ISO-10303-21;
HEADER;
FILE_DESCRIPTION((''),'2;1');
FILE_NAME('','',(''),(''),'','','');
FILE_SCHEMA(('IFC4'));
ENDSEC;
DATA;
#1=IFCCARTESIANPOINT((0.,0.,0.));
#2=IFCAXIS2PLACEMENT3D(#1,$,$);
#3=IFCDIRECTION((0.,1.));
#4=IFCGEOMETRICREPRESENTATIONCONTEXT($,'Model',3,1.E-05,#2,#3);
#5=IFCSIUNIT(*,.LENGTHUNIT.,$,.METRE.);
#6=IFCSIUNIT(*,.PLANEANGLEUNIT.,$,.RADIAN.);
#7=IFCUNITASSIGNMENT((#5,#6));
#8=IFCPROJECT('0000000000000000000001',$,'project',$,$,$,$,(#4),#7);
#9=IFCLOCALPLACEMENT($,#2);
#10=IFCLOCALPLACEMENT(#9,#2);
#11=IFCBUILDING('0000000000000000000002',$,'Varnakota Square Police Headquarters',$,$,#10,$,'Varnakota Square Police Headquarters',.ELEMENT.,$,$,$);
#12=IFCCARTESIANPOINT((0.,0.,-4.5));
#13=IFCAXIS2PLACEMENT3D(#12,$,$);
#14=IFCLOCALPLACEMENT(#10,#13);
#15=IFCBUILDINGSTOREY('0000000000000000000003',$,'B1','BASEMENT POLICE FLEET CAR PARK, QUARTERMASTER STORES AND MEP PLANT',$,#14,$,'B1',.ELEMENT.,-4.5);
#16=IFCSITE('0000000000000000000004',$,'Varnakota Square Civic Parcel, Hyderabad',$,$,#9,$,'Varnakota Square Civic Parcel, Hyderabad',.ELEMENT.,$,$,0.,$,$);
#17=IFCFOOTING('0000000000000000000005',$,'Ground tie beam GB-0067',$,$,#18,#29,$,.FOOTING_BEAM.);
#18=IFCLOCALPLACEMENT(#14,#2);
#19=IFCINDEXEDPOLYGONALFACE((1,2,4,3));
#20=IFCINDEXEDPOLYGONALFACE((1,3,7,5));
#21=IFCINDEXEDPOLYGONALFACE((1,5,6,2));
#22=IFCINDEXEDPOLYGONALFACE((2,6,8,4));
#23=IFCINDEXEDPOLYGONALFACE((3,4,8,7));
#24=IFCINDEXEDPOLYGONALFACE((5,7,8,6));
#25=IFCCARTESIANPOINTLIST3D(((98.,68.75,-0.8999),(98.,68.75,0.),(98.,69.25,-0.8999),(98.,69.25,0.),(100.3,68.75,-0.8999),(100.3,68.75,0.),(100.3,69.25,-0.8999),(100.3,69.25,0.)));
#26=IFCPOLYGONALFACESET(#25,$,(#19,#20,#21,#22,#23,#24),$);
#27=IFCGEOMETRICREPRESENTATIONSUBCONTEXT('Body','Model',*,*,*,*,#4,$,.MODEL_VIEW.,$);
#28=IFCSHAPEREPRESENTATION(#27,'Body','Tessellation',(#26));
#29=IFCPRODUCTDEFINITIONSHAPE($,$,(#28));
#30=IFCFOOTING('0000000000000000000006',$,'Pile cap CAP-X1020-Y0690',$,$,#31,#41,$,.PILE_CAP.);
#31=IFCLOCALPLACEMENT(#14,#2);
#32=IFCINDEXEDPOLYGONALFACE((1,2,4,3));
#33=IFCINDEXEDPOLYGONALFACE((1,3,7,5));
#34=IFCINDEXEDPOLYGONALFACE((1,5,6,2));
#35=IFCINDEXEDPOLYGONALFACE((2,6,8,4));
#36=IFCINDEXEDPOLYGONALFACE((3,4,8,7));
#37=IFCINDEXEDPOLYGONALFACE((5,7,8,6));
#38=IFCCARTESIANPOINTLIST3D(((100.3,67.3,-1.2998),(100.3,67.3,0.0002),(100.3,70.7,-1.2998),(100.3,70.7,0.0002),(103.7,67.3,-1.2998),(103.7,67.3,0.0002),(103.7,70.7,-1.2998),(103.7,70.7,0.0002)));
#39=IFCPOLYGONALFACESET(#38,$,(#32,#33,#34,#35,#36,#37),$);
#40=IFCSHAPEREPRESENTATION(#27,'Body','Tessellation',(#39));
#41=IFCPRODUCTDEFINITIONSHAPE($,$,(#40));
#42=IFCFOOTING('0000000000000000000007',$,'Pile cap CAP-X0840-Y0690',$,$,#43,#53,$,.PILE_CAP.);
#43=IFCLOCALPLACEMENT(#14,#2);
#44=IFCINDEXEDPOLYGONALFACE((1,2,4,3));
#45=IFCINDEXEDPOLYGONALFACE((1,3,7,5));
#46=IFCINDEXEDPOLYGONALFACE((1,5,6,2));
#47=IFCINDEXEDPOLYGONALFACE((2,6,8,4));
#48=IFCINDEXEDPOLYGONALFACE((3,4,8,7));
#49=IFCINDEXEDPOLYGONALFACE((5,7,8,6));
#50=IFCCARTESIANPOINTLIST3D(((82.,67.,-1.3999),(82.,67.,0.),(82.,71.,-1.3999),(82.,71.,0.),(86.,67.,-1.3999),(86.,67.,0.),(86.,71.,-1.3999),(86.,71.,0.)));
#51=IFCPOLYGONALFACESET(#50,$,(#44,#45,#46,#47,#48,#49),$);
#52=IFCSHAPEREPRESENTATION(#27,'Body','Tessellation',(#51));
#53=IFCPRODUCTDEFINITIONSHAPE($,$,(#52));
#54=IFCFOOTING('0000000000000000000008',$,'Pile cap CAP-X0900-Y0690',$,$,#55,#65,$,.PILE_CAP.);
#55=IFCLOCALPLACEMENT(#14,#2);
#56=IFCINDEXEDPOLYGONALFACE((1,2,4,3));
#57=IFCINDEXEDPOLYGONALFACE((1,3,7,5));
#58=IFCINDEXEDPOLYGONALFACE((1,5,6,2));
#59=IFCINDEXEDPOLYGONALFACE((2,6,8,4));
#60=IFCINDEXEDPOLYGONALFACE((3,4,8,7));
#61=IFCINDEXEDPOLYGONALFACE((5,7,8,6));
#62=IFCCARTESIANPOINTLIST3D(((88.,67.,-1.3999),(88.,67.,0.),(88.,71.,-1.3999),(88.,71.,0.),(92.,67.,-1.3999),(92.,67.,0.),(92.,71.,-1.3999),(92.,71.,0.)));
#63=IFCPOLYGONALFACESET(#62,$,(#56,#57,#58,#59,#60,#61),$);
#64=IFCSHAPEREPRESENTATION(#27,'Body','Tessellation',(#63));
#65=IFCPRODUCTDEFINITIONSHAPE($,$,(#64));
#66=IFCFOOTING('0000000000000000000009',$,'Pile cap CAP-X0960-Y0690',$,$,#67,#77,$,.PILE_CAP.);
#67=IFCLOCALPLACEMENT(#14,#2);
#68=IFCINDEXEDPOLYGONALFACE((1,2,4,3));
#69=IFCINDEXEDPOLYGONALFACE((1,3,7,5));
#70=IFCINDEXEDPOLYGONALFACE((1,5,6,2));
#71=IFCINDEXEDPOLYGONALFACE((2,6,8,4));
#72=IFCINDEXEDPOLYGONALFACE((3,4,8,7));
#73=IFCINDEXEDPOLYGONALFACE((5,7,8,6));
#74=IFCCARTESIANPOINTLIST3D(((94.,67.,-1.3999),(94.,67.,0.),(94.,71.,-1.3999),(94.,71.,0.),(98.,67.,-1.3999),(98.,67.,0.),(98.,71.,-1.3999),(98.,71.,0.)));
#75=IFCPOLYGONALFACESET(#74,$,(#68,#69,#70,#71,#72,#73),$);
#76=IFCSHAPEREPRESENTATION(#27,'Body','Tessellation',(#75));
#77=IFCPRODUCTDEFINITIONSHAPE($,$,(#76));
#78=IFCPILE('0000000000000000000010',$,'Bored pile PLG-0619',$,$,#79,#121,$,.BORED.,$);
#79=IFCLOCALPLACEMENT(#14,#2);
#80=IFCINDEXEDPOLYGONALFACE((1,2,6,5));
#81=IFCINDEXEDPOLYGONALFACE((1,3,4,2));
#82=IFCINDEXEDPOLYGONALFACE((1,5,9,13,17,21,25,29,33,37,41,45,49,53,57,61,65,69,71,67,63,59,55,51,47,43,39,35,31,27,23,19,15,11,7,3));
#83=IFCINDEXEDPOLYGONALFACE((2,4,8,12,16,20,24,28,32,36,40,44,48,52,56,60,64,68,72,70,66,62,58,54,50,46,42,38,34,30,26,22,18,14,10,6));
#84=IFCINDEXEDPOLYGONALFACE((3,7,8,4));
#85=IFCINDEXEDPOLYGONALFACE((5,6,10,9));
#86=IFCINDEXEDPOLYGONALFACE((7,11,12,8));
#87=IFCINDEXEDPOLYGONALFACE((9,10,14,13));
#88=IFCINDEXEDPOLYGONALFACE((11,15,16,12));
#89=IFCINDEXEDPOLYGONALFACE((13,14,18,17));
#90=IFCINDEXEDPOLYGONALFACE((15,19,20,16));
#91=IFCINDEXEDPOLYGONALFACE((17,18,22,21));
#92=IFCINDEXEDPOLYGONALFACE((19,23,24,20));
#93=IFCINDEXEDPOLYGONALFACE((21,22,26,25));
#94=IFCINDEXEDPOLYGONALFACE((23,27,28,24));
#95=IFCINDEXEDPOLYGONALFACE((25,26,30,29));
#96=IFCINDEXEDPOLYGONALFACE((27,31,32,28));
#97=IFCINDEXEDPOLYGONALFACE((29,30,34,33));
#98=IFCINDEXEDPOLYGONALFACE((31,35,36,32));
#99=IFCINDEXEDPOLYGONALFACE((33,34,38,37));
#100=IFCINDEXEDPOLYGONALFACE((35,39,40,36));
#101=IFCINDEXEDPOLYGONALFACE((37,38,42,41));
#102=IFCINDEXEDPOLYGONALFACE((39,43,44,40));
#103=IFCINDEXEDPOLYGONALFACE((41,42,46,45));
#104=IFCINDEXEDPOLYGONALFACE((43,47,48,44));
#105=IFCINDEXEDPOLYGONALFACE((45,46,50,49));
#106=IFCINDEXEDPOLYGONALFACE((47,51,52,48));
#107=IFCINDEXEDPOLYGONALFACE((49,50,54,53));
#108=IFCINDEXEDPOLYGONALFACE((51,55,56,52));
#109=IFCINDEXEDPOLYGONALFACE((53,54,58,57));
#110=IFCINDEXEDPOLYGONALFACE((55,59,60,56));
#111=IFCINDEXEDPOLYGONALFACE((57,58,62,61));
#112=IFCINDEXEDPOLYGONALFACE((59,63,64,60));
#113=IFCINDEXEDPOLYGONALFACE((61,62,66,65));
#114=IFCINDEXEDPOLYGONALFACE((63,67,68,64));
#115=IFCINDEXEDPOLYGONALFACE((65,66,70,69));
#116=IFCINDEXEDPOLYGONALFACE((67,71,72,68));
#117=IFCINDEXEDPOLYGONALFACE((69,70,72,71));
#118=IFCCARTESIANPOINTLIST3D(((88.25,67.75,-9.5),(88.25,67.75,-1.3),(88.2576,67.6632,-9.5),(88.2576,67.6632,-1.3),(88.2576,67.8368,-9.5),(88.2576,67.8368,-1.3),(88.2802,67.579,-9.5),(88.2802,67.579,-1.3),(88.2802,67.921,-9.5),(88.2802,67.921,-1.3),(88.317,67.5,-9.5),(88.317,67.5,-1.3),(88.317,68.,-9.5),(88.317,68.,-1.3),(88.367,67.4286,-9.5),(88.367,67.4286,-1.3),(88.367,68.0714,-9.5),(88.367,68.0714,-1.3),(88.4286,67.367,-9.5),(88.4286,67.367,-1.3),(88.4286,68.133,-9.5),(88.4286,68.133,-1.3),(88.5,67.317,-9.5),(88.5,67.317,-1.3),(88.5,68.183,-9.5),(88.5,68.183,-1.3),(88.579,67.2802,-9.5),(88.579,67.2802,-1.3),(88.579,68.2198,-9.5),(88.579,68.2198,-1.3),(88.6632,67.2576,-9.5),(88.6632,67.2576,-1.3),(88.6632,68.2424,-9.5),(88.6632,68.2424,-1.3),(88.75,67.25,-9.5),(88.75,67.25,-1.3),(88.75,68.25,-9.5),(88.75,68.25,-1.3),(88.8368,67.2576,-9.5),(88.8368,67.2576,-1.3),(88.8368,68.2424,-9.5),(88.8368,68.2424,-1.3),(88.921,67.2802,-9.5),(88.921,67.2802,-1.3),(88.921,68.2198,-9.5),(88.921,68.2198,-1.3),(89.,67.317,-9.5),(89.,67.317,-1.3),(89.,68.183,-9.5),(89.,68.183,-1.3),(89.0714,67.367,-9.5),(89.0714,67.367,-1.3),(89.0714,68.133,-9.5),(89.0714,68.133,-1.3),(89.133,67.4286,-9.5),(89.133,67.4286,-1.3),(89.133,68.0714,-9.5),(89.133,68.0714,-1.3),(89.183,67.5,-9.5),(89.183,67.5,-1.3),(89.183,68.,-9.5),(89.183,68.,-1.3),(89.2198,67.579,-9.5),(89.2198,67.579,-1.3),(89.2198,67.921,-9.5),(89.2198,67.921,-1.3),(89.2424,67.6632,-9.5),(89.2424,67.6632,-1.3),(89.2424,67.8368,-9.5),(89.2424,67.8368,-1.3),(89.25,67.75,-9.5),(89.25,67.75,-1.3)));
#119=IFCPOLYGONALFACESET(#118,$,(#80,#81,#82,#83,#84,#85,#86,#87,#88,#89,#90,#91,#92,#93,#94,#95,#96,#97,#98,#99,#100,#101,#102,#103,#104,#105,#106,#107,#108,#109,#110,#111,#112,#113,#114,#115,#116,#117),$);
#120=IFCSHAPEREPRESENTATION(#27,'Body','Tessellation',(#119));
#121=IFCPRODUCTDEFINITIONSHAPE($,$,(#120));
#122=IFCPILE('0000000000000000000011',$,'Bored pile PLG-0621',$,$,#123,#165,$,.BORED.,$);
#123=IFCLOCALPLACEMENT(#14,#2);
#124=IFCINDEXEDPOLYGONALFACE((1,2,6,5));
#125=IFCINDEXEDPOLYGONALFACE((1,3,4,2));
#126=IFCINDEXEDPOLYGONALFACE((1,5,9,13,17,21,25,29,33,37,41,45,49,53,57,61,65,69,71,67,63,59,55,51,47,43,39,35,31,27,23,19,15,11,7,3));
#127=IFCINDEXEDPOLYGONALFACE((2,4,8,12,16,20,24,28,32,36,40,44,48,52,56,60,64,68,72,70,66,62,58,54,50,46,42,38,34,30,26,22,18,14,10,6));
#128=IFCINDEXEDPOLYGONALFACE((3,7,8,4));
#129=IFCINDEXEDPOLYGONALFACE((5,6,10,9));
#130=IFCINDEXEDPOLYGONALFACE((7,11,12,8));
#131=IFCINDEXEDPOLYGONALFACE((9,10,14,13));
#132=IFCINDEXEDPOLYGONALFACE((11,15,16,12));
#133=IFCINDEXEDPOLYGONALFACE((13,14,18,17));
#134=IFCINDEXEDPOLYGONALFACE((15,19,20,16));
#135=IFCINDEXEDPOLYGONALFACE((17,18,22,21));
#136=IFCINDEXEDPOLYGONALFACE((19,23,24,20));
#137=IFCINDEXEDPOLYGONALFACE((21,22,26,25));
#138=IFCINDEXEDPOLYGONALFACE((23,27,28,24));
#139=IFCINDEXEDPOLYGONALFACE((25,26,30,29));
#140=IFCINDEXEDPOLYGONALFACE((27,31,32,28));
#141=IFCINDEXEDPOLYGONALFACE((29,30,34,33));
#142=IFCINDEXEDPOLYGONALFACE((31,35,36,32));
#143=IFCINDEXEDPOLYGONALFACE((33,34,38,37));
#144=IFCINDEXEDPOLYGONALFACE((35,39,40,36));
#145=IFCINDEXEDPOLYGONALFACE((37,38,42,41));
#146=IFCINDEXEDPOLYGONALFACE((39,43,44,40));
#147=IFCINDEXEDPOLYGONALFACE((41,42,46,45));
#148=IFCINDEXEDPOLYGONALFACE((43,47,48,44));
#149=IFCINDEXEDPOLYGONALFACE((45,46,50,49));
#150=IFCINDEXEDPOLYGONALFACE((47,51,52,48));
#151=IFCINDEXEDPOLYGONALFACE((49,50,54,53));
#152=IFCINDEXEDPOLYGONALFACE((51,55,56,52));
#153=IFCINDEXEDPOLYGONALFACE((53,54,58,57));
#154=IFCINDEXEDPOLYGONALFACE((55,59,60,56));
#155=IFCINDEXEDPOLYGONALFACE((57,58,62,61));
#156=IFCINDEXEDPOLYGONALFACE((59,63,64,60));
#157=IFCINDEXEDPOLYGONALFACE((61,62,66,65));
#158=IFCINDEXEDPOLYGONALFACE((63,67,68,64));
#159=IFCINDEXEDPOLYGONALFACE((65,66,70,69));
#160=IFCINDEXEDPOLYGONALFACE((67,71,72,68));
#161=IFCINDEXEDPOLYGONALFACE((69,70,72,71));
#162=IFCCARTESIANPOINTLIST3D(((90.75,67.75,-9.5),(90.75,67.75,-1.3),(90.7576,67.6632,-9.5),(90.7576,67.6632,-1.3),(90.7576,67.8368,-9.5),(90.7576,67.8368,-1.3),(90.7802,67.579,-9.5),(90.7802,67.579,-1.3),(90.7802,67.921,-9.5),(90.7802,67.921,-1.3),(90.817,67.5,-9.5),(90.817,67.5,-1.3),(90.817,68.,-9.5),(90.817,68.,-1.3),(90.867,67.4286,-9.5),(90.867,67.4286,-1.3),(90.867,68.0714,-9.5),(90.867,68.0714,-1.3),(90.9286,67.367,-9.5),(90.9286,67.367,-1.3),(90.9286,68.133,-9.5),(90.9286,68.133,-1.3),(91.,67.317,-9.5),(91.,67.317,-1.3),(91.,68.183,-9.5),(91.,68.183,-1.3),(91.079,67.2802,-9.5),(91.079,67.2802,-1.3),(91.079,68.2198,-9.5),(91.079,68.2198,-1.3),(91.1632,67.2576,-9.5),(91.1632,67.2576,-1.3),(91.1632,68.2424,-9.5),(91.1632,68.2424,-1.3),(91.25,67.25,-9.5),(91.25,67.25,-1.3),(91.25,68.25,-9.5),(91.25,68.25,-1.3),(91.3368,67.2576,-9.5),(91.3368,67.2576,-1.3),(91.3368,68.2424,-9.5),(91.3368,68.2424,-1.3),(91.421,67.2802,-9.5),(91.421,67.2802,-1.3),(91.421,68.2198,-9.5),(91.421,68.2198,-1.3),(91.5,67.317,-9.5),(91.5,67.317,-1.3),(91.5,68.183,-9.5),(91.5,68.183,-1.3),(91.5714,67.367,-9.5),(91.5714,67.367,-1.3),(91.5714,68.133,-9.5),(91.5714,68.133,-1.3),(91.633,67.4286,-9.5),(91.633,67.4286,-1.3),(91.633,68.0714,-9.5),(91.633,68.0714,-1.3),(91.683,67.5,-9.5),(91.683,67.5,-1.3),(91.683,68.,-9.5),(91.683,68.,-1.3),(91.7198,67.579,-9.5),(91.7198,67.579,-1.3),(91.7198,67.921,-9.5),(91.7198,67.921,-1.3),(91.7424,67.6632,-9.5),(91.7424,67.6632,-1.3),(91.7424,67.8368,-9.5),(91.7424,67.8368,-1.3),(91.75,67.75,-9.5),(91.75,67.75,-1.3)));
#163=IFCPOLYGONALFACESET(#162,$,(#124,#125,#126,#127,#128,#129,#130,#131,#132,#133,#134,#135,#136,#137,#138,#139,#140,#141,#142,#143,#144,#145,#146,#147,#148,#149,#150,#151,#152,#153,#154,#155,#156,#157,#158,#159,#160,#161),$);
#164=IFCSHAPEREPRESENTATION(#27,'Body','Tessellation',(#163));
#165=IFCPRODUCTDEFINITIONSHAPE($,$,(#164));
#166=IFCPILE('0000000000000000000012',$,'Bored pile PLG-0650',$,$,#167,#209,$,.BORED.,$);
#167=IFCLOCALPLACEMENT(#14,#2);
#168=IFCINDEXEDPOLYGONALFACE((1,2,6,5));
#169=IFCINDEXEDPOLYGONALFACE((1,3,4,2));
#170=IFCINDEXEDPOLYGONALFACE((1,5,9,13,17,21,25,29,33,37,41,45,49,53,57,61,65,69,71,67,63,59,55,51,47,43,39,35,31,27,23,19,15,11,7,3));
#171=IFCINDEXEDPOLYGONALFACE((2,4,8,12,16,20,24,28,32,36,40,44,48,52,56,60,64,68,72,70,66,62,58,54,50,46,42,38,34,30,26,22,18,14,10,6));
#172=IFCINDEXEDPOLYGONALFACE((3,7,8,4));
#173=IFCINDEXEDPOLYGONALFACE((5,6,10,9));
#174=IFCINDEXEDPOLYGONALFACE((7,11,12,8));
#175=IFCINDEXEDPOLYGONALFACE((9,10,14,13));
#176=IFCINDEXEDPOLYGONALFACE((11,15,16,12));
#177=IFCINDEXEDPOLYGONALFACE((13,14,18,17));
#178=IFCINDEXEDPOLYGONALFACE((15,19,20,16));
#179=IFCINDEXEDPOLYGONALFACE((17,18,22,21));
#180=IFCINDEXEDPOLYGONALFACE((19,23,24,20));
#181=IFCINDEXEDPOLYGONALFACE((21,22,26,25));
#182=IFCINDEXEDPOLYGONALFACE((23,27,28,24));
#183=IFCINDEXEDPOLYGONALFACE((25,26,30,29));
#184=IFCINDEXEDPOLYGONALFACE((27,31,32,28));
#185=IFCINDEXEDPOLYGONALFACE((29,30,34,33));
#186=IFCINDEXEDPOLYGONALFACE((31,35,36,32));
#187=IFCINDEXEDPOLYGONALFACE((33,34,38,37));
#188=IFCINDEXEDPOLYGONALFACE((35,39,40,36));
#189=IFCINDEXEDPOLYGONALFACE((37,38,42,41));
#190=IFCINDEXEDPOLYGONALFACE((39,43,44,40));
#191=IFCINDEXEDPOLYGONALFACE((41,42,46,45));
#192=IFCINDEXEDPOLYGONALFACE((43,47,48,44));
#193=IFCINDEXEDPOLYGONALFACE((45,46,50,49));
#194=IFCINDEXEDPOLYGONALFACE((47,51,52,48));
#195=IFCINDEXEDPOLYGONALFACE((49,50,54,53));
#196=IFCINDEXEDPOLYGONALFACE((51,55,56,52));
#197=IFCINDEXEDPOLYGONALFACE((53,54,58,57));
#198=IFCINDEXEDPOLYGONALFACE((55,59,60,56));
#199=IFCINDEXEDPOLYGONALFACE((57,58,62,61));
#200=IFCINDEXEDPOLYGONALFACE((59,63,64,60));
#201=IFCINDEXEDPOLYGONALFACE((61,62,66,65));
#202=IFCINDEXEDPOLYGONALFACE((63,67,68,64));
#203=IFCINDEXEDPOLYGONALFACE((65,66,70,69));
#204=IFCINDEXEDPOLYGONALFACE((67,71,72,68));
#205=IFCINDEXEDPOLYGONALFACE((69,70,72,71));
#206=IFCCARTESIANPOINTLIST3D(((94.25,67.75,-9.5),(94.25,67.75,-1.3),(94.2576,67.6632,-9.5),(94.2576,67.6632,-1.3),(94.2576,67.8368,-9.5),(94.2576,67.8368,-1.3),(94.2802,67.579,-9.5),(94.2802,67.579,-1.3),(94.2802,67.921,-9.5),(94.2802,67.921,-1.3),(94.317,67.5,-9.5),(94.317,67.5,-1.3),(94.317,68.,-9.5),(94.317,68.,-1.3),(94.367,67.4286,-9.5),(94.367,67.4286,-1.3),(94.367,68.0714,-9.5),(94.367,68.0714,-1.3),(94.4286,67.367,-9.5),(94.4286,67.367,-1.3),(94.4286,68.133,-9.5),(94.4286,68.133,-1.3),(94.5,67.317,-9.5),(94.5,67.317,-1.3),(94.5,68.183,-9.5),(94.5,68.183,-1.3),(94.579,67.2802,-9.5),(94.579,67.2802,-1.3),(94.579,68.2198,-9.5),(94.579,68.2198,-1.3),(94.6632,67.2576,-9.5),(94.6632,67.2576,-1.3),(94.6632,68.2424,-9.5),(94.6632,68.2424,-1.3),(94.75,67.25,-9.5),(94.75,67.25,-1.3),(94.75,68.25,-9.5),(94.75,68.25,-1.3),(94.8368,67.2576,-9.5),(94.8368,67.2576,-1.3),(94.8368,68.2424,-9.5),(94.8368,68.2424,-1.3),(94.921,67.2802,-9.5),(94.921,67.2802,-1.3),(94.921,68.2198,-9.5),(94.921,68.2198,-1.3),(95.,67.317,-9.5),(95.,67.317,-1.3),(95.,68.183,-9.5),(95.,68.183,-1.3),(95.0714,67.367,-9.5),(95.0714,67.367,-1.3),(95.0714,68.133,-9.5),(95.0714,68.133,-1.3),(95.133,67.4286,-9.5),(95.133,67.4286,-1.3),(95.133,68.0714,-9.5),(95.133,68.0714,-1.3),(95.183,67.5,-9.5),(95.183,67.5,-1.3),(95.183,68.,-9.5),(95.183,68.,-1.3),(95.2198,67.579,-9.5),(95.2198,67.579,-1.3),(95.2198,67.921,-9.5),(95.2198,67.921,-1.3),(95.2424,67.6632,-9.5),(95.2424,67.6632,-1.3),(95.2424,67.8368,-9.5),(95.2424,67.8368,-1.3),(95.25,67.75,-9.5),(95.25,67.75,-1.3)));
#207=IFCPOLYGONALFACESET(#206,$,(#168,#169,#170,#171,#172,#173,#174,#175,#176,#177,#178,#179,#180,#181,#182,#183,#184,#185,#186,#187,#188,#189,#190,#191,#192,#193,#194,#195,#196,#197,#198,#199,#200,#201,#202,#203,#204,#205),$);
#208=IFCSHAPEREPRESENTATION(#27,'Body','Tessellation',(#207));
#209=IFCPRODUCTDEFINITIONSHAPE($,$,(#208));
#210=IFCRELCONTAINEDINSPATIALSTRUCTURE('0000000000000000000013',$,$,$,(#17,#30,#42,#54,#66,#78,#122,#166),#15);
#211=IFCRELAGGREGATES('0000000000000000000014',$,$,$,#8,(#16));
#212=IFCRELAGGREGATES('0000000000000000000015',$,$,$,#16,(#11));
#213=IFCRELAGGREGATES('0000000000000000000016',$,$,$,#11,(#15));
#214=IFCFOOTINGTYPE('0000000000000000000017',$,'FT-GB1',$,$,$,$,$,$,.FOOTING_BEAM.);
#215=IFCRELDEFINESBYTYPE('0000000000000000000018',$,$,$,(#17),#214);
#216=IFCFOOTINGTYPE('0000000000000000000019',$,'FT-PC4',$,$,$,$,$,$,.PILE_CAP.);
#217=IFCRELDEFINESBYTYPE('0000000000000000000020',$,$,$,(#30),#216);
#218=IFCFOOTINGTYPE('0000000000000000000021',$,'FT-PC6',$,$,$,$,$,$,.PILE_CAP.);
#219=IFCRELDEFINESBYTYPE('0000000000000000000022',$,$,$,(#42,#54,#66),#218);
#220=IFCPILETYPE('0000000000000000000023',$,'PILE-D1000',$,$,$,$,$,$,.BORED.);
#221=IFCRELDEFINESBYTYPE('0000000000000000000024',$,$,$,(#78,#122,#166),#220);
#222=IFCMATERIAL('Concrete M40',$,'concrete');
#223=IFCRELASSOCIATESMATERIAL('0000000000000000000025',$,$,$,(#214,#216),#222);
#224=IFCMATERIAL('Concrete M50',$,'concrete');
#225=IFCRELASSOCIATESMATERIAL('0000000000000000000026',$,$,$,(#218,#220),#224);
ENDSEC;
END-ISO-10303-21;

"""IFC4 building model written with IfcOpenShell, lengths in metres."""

from ifc_helpers import new_model, si_unit, direction, frame, origin, origin_2d, place, context, subcontext, project, spatial, rectangle, circle, extrude, material, material_profile, profile_set, type_object, element, save


model = new_model("IFC4")

# Units and contexts
model_context = context("Model", 3, precision=1e-05, world=origin(), true_north=direction((0.0, 1.0)))
body_context = subcontext(model_context, "Body", "Model", "MODEL_VIEW")
ifc_project = project(units=[si_unit("LENGTHUNIT", "METRE"), si_unit("PLANEANGLEUNIT", "RADIAN")], contexts=[model_context])

# Site, building, storey
site_placement = place(None, origin())
site = spatial("IfcSite", under=ifc_project, at=site_placement, Name="Varnakota Square Civic Parcel, Hyderabad", LongName="Varnakota Square Civic Parcel, Hyderabad", CompositionType="ELEMENT", RefElevation=0.0)
building_placement = place(site_placement, origin())
building = spatial("IfcBuilding", under=site, at=building_placement, Name="Varnakota Square Police Headquarters", LongName="Varnakota Square Police Headquarters", CompositionType="ELEMENT")
storey_placement = place(building_placement, frame((0.0, 0.0, -4.5)))
storey = spatial("IfcBuildingStorey", under=building, at=storey_placement, Name="B1", Description="BASEMENT POLICE FLEET CAR PARK, QUARTERMASTER STORES AND MEP PLANT", LongName="B1", CompositionType="ELEMENT", Elevation=-4.5)

# Footings
ifc_material_1 = material(Name="Concrete M40", Category="concrete")
ifc_material_profile_1 = material_profile(ifc_material_1, rectangle(XDim=0.5, YDim=0.8999, at=origin_2d()), Name="GB 500x900")
ifc_profile_set_1 = profile_set([ifc_material_profile_1], Name="Concrete M40")
footing_type_1 = type_object("IfcFootingType", Name="FT-GB1", PredefinedType="FOOTING_BEAM", material=ifc_profile_set_1)
footing_1_placement = place(storey_placement, frame((98.0, 69.0, -0.45), z_axis=(1.0, 0.0, 0.0), x_axis=(0.0, 1.0, 0.0)))
element("IfcFooting", 1, at=footing_1_placement, inside=storey, type_object=footing_type_1, Name="Ground tie beam GB-0067", PredefinedType="FOOTING_BEAM", context=body_context, shape_type="SweptSolid", body=[
    extrude(rectangle(XDim=0.5, YDim=0.8999, at=origin_2d()), origin(), (0.0, 0.0, 1.0), 2.3),
])
footing_type_2 = type_object("IfcFootingType", Name="FT-PC4", PredefinedType="PILE_CAP", material=ifc_material_1)
footing_2_placement = place(storey_placement, frame((102.0, 69.0, -1.2998), z_axis=(0.0, 0.0, 1.0), x_axis=(1.0, 0.0, 0.0)))
element("IfcFooting", 2, at=footing_2_placement, inside=storey, type_object=footing_type_2, Name="Pile cap CAP-X1020-Y0690", PredefinedType="PILE_CAP", context=body_context, shape_type="SweptSolid", body=[
    extrude(rectangle(XDim=3.3999, YDim=3.3999, at=origin_2d()), origin(), (0.0, 0.0, 1.0), 1.3),
])
ifc_material_2 = material(Name="Concrete M50", Category="concrete")
footing_type_3 = type_object("IfcFootingType", Name="FT-PC6", PredefinedType="PILE_CAP", material=ifc_material_2)
for number, where, z_axis, x_axis, name in (
    (3, (84.0, 69.0, -1.3999), (0.0, 0.0, 1.0), (1.0, 0.0, 0.0), "Pile cap CAP-X0840-Y0690"),
    (4, (90.0, 69.0, -1.3999), (0.0, 0.0, 1.0), (1.0, 0.0, 0.0), "Pile cap CAP-X0900-Y0690"),
    (5, (96.0, 69.0, -1.3999), (0.0, 0.0, 1.0), (1.0, 0.0, 0.0), "Pile cap CAP-X0960-Y0690"),
):
    element("IfcFooting", number, at=place(storey_placement, frame(where, z_axis=z_axis, x_axis=x_axis)), inside=storey, type_object=footing_type_3, Name=name, PredefinedType="PILE_CAP", context=body_context, shape_type="SweptSolid", body=[
        extrude(rectangle(XDim=4.0, YDim=4.0, at=origin_2d()), origin(), (0.0, 0.0, 1.0), 1.3999),
    ])

# Piles
ifc_material_profile_2 = material_profile(ifc_material_2, circle(Radius=0.5, at=origin_2d()), Name="BORED PILE 1000")
ifc_profile_set_2 = profile_set([ifc_material_profile_2], Name="Concrete M50")
pile_type_1 = type_object("IfcPileType", Name="PILE-D1000", PredefinedType="BORED", material=ifc_profile_set_2)
for number, where, z_axis, x_axis, name in (
    (6, (88.75, 67.75, -1.3), (0.0, 0.0, -1.0), (1.0, 0.0, 0.0), "Bored pile PLG-0619"),
    (7, (91.25, 67.75, -1.3), (0.0, 0.0, -1.0), (1.0, 0.0, 0.0), "Bored pile PLG-0621"),
    (8, (94.75, 67.75, -1.3), (0.0, 0.0, -1.0), (1.0, 0.0, 0.0), "Bored pile PLG-0650"),
):
    element("IfcPile", number, at=place(storey_placement, frame(where, z_axis=z_axis, x_axis=x_axis)), inside=storey, type_object=pile_type_1, Name=name, PredefinedType="BORED", context=body_context, shape_type="SweptSolid", body=[
        extrude(circle(Radius=0.5, at=origin_2d()), origin(), (0.0, 0.0, 1.0), 8.2),
    ])

save(model, "model.ifc")
